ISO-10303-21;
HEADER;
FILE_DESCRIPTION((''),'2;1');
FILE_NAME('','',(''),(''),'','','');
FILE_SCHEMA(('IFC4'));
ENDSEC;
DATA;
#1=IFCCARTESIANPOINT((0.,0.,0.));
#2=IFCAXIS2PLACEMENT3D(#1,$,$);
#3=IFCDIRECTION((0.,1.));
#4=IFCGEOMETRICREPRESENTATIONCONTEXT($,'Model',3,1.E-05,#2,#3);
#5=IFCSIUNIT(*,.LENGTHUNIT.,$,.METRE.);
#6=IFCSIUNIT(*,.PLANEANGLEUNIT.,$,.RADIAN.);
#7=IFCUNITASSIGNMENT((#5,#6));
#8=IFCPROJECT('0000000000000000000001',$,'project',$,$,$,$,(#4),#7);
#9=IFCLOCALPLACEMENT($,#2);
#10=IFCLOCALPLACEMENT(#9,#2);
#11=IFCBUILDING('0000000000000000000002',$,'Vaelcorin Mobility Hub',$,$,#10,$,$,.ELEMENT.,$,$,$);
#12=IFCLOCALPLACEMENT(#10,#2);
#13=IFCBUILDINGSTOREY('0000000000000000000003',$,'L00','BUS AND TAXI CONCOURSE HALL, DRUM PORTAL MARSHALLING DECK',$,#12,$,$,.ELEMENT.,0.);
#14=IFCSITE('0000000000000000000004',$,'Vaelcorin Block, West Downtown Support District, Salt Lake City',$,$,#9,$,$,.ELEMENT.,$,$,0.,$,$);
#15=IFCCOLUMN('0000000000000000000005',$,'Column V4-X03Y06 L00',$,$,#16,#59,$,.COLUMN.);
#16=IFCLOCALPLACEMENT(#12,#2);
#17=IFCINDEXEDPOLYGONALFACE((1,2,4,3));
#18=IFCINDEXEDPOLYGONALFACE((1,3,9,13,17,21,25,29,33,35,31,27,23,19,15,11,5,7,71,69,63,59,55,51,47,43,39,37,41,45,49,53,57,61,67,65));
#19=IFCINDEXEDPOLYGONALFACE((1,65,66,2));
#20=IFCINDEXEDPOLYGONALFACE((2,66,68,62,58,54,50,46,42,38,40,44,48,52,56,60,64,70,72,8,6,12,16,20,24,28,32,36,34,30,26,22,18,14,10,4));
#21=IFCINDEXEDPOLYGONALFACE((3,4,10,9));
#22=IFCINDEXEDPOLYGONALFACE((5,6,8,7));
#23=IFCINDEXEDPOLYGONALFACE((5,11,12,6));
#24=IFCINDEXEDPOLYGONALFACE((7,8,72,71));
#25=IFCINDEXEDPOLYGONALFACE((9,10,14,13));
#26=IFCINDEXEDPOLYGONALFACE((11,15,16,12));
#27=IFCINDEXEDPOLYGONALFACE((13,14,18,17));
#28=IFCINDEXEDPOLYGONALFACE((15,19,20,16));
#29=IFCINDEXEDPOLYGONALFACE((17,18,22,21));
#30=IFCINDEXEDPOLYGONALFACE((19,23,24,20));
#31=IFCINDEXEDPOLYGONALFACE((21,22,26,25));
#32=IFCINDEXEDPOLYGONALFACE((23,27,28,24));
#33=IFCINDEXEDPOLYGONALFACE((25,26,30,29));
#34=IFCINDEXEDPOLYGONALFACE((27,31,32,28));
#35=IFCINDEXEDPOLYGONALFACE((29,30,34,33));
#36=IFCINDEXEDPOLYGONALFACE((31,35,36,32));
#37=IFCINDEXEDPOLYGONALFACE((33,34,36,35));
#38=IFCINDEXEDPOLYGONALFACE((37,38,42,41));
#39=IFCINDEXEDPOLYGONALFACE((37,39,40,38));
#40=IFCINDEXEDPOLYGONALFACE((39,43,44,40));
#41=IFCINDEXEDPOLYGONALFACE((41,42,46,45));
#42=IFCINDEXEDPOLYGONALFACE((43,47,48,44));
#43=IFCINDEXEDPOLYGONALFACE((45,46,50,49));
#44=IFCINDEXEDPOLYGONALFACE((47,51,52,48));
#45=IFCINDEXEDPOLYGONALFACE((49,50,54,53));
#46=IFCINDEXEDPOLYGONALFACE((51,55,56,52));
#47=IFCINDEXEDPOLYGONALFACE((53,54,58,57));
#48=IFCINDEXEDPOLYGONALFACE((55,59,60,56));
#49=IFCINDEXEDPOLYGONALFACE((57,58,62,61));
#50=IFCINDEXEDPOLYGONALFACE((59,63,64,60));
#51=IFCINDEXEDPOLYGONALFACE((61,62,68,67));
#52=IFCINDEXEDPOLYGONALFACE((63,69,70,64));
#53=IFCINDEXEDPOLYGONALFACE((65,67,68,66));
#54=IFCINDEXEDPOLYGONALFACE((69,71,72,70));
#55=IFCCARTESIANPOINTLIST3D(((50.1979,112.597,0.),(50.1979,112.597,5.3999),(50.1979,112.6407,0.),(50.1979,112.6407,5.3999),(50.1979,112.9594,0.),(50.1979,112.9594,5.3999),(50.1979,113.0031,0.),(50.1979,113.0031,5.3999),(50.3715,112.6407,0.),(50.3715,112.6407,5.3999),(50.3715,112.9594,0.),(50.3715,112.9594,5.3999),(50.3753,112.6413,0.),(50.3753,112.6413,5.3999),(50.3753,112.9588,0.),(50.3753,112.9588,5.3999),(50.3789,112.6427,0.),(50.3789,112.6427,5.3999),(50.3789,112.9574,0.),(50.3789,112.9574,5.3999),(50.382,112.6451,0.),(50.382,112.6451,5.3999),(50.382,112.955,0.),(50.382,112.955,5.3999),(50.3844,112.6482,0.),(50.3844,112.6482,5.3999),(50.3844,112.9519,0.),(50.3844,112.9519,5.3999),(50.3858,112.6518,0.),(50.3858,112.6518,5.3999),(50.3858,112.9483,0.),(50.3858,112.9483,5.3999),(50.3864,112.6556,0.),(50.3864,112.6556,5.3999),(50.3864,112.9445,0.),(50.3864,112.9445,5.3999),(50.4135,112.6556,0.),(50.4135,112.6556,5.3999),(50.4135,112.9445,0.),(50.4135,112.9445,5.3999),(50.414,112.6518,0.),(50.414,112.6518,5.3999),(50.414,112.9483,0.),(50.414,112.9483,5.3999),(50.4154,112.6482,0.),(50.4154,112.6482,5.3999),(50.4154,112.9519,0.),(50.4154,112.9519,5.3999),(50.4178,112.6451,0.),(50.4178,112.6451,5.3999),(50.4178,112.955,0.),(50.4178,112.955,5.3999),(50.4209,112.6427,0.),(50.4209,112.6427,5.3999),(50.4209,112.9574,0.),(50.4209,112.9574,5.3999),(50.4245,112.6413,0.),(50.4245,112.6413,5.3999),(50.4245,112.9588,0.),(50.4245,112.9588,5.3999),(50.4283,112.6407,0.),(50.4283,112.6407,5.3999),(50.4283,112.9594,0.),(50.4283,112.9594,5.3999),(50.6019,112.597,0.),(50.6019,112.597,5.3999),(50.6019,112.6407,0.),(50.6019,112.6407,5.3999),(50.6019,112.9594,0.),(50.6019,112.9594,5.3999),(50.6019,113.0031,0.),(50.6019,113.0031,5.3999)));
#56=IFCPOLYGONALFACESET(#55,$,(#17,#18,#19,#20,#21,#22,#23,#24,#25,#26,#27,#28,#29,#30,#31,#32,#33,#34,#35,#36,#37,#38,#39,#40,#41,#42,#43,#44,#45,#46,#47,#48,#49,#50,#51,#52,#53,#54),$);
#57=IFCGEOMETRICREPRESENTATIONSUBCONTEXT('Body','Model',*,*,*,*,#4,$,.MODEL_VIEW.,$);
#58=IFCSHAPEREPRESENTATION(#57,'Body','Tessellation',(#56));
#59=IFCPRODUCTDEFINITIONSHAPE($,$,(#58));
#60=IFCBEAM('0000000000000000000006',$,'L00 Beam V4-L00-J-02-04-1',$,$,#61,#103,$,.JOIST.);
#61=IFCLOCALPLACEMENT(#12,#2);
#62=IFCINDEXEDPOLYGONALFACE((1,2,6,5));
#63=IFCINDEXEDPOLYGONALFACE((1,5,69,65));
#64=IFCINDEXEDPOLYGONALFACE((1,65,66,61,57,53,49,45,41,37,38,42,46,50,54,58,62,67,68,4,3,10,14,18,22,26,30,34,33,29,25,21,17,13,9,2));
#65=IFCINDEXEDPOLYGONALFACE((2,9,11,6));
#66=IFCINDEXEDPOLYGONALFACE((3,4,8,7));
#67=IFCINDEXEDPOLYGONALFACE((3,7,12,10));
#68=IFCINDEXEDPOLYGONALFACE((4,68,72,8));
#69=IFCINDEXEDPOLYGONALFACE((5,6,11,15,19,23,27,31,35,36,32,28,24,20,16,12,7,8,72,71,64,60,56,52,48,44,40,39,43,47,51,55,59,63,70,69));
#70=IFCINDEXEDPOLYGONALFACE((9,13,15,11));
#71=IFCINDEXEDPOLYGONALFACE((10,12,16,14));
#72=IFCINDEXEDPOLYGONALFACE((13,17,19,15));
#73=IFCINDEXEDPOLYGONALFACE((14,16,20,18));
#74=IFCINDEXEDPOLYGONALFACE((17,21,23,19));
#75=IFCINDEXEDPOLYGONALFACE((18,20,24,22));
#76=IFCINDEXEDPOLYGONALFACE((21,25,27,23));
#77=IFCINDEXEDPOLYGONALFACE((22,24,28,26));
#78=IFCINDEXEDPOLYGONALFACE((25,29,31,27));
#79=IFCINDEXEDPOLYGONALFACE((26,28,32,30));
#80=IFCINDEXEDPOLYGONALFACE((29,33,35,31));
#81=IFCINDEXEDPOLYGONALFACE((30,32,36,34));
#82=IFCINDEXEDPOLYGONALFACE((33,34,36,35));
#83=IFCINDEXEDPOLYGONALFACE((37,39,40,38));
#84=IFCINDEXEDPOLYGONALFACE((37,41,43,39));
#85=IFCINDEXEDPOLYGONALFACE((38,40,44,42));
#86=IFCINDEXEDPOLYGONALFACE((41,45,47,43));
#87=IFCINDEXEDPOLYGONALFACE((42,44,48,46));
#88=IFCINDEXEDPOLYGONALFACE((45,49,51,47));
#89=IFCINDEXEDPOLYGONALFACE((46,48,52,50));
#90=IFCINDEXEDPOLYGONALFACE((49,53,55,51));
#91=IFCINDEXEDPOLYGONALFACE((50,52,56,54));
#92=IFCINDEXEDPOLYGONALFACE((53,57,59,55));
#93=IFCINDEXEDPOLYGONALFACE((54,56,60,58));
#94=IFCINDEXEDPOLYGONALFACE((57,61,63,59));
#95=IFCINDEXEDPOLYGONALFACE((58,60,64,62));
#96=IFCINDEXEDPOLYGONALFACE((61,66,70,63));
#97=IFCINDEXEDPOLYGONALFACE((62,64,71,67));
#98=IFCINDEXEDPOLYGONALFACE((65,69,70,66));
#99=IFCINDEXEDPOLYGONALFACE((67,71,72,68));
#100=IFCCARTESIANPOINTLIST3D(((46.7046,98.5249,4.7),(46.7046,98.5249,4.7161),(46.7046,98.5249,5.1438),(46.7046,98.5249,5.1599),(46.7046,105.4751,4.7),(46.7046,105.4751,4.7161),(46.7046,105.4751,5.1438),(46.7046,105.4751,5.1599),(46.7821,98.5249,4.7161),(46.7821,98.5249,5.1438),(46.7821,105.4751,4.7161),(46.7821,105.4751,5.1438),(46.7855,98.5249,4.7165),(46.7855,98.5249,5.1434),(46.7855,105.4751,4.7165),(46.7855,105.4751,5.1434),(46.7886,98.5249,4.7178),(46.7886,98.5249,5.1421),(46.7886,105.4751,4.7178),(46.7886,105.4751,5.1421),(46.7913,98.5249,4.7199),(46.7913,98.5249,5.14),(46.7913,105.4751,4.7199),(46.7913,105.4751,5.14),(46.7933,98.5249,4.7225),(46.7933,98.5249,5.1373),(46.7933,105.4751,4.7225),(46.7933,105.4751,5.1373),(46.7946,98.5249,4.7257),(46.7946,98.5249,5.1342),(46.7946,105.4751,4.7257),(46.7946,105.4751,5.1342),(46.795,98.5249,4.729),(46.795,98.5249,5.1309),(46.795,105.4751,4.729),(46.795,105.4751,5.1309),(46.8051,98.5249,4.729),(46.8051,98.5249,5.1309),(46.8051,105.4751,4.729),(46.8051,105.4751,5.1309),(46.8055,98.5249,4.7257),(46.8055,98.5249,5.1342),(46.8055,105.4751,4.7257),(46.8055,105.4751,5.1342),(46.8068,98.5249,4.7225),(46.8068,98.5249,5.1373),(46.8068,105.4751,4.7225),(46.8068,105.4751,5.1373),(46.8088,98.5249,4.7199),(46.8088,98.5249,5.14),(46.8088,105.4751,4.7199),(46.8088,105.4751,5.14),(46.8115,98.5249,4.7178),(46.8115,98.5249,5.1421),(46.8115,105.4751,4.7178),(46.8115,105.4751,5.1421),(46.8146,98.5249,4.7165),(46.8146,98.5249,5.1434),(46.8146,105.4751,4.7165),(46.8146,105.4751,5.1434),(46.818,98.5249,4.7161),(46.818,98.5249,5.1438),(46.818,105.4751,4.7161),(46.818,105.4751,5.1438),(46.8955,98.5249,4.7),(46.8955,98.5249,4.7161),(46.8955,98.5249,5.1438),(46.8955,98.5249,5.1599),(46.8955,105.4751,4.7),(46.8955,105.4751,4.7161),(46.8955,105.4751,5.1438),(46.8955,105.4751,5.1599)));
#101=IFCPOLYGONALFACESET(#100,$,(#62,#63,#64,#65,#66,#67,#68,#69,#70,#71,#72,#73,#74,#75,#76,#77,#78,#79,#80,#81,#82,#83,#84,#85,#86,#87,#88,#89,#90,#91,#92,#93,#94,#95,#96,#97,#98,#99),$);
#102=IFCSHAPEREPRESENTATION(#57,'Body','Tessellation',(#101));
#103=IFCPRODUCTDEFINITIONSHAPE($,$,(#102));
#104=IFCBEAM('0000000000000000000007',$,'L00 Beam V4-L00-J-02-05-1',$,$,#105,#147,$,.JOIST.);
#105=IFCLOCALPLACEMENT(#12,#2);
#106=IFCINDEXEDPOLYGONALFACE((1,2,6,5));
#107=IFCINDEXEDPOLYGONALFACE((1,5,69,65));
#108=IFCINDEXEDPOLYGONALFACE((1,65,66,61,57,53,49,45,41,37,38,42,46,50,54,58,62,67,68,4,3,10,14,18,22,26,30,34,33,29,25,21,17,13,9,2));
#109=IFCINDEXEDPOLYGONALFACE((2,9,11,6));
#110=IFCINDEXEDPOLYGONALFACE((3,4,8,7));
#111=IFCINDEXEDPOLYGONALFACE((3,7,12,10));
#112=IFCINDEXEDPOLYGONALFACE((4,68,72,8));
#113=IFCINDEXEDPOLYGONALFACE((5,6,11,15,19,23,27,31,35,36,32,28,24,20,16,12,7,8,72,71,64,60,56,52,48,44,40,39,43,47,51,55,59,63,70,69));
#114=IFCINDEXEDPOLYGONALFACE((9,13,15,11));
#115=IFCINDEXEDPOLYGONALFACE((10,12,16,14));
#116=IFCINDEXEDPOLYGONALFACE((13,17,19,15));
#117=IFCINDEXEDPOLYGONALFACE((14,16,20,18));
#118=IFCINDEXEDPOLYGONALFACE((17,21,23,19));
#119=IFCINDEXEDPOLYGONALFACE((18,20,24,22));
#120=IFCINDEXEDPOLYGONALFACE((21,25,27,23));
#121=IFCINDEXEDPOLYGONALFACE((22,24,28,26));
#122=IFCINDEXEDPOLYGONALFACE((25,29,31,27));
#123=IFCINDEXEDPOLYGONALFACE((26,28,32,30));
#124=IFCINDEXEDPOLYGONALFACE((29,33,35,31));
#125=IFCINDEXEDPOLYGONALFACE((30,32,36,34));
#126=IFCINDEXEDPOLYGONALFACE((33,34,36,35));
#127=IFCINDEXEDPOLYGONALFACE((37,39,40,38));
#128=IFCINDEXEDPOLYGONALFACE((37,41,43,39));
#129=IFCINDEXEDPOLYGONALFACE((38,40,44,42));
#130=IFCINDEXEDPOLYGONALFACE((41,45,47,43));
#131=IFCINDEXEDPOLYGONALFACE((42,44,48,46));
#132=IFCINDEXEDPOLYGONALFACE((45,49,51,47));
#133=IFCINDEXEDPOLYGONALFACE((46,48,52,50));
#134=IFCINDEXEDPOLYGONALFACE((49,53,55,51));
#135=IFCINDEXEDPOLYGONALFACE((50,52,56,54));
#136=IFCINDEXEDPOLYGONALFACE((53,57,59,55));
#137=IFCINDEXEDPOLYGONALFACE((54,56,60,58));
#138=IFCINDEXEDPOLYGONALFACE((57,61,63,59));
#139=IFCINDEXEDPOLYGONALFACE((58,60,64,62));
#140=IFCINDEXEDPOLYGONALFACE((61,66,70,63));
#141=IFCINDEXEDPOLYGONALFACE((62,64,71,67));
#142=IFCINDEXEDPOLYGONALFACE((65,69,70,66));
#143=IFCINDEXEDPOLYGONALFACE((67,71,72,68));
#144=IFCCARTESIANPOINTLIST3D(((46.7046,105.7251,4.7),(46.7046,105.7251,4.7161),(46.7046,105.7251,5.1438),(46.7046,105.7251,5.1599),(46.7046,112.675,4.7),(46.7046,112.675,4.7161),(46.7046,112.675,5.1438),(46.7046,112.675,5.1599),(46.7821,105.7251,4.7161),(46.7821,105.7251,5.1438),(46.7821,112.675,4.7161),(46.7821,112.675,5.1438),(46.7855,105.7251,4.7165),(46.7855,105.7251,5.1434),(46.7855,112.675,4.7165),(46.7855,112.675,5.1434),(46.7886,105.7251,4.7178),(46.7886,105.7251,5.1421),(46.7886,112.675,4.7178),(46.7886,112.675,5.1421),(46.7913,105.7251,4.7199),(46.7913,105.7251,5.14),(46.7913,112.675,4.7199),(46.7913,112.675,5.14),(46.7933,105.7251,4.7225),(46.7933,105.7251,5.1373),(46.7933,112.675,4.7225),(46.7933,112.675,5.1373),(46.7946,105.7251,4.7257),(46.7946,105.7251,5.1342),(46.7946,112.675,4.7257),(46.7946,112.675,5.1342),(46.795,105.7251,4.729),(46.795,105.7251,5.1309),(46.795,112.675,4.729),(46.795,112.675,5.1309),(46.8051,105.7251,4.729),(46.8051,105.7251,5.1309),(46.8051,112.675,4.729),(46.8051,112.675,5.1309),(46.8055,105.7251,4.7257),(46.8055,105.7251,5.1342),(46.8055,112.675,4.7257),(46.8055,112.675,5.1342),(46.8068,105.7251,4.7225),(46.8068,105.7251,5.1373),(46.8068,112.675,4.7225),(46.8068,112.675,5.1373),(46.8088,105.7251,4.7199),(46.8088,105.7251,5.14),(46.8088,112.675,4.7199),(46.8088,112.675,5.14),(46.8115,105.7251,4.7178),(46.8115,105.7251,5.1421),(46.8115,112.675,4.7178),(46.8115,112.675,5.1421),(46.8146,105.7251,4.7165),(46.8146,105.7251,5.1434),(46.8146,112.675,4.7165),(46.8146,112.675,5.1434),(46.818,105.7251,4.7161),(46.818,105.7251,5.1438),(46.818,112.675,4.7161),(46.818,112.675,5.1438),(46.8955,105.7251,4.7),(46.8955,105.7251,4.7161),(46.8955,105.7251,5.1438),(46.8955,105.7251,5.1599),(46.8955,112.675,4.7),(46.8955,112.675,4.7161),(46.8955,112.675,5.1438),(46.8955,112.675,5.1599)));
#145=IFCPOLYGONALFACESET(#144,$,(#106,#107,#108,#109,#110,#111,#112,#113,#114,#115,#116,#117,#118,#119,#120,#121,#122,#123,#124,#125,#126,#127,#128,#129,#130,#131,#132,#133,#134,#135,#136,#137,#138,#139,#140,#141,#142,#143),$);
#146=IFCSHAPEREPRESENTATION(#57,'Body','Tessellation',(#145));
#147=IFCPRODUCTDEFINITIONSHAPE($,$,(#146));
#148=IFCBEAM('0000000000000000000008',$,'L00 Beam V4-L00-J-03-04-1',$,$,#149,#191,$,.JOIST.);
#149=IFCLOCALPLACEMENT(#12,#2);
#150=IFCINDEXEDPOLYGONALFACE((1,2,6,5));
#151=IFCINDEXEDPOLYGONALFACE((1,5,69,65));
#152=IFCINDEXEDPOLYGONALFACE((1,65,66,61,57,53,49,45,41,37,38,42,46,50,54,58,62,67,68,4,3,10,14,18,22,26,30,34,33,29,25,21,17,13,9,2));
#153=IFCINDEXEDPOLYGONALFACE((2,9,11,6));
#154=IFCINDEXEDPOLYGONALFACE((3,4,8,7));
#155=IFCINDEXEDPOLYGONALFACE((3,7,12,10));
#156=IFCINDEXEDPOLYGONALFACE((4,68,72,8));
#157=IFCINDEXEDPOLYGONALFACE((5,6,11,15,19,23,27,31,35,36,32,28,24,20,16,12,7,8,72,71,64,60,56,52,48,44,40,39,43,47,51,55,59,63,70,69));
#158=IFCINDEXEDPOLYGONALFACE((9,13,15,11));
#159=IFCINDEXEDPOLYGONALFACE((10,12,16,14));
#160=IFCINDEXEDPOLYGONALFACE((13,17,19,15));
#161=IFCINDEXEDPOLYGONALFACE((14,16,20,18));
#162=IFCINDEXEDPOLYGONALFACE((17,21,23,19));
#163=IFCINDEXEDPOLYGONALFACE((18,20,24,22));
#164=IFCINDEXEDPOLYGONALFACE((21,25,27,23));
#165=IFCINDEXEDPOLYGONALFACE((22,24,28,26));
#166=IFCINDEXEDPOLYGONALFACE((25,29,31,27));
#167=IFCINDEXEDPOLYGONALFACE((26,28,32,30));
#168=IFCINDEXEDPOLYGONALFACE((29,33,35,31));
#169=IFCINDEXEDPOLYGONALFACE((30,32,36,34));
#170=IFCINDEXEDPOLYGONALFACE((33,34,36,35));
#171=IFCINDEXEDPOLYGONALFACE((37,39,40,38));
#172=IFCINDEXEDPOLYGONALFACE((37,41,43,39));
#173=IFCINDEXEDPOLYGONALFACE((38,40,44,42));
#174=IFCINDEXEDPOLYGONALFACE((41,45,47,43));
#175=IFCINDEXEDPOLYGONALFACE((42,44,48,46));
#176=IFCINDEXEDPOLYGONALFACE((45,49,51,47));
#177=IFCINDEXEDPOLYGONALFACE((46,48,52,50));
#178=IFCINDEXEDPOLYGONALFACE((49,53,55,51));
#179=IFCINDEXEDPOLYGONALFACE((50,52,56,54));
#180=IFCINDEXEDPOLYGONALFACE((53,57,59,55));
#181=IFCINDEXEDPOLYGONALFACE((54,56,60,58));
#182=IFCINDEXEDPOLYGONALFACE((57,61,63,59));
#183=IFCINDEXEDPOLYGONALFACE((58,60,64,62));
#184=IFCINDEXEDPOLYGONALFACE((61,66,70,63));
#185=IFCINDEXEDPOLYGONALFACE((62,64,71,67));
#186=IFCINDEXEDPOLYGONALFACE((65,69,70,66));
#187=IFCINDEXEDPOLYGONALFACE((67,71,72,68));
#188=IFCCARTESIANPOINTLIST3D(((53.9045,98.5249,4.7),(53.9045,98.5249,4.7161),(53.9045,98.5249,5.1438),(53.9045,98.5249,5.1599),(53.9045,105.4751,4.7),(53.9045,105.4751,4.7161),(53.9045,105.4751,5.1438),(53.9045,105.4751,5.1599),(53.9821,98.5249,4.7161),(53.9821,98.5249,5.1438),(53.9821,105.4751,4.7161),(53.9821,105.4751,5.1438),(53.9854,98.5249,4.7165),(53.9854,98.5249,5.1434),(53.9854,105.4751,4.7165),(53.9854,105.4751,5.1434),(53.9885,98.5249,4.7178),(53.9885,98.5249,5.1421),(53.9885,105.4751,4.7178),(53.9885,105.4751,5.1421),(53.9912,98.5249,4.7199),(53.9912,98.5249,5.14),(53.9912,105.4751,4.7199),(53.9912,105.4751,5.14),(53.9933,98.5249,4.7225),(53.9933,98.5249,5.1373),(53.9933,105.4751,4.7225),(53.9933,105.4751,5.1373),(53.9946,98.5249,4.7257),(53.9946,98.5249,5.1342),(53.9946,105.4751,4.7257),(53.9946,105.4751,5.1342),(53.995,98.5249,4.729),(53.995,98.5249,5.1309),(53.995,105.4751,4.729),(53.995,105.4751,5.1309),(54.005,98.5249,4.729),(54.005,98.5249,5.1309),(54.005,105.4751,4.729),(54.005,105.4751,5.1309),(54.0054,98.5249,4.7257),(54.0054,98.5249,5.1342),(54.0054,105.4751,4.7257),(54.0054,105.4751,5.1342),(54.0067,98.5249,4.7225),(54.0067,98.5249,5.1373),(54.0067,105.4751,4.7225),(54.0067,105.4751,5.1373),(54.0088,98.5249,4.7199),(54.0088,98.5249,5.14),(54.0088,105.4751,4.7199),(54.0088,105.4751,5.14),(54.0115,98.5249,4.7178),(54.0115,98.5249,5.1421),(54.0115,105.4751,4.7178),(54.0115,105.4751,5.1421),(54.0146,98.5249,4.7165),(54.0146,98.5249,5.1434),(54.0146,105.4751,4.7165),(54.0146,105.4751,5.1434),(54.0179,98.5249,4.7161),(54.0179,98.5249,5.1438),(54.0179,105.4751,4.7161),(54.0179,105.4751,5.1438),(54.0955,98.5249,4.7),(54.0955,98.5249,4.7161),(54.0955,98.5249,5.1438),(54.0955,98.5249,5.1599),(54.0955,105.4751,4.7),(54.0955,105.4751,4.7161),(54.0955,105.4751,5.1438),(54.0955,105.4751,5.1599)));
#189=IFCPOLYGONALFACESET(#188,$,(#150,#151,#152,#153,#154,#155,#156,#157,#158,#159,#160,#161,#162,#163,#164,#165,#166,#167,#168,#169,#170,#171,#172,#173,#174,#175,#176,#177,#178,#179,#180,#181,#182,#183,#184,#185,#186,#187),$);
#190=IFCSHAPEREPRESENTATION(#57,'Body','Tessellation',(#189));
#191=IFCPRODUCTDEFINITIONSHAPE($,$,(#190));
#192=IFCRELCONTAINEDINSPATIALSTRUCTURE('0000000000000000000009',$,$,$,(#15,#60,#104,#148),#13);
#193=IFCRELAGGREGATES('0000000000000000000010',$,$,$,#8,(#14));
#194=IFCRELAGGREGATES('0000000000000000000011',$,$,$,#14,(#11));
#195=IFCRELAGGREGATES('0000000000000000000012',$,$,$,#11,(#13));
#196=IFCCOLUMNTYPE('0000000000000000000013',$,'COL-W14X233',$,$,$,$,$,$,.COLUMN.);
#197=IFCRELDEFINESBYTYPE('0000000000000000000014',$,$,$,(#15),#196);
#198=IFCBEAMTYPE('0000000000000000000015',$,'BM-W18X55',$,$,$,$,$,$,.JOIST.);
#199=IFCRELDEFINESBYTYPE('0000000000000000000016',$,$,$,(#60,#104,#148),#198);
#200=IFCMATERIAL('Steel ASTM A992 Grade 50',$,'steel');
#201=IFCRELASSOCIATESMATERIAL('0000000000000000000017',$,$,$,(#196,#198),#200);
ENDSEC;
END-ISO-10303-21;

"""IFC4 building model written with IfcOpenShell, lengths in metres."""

from ifc_helpers import new_model, si_unit, direction, frame, origin, origin_2d, place, context, subcontext, project, spatial, i_section, extrude, material, material_profile, profile_set, type_object, element, save


model = new_model("IFC4")

# Units and contexts
model_context = context("Model", 3, precision=1e-05, world=origin(), true_north=direction((0.0, 1.0)))
body_context = subcontext(model_context, "Body", "Model", "MODEL_VIEW")
ifc_project = project(units=[si_unit("LENGTHUNIT", "METRE"), si_unit("PLANEANGLEUNIT", "RADIAN")], contexts=[model_context])

# Site, building, storey
site_placement = place(None, origin())
site = spatial("IfcSite", under=ifc_project, at=site_placement, Name="Vaelcorin Block, West Downtown Support District, Salt Lake City", CompositionType="ELEMENT", RefElevation=0.0)
building_placement = place(site_placement, origin())
building = spatial("IfcBuilding", under=site, at=building_placement, Name="Vaelcorin Mobility Hub", CompositionType="ELEMENT")
storey_placement = place(building_placement, origin())
storey = spatial("IfcBuildingStorey", under=building, at=storey_placement, Name="L00", Description="BUS AND TAXI CONCOURSE HALL, DRUM PORTAL MARSHALLING DECK", CompositionType="ELEMENT", Elevation=0.0)

# Column
ifc_material_1 = material(Name="Steel ASTM A992 Grade 50", Category="steel")
ifc_material_profile_1 = material_profile(ifc_material_1, i_section(OverallWidth=0.4041, OverallDepth=0.406, WebThickness=0.0271, FlangeThickness=0.0437, FilletRadius=0.0149, at=origin_2d()), Name="W14X233")
ifc_profile_set_1 = profile_set([ifc_material_profile_1], Name="Steel ASTM A992 Grade 50")
column_type_1 = type_object("IfcColumnType", Name="COL-W14X233", PredefinedType="COLUMN", material=ifc_profile_set_1)
column_placement = place(storey_placement, frame((50.3999, 112.8, 0.0), z_axis=(0.0, 0.0, 1.0), x_axis=(1.0, 0.0, 0.0)))
element("IfcColumn", 1, at=column_placement, inside=storey, type_object=column_type_1, Name="Column V4-X03Y06 L00", PredefinedType="COLUMN", context=body_context, shape_type="SweptSolid", body=[
    extrude(i_section(OverallWidth=0.4041, OverallDepth=0.406, WebThickness=0.0271, FlangeThickness=0.0437, FilletRadius=0.0149, at=origin_2d()), origin(), (0.0, 0.0, 1.0), 5.3999),
])

# Beams
ifc_material_profile_2 = material_profile(ifc_material_1, i_section(OverallWidth=0.1909, OverallDepth=0.46, WebThickness=0.01, FlangeThickness=0.0161, FilletRadius=0.0129, at=origin_2d()), Name="W18X55")
ifc_profile_set_2 = profile_set([ifc_material_profile_2], Name="Steel ASTM A992 Grade 50")
beam_type_1 = type_object("IfcBeamType", Name="BM-W18X55", PredefinedType="JOIST", material=ifc_profile_set_2)
beam_1_placement = place(storey_placement, frame((46.8, 98.5249, 4.9299), z_axis=(0.0, 1.0, 0.0), x_axis=(-1.0, 0.0, 0.0)))
element("IfcBeam", 2, at=beam_1_placement, inside=storey, type_object=beam_type_1, Name="L00 Beam V4-L00-J-02-04-1", PredefinedType="JOIST", context=body_context, shape_type="SweptSolid", body=[
    extrude(i_section(OverallWidth=0.1909, OverallDepth=0.46, WebThickness=0.01, FlangeThickness=0.0161, FilletRadius=0.0129, at=origin_2d()), origin(), (0.0, 0.0, 1.0), 6.9502),
])
beam_2_placement = place(storey_placement, frame((46.8, 105.7251, 4.9299), z_axis=(0.0, 1.0, 0.0), x_axis=(-1.0, 0.0, 0.0)))
element("IfcBeam", 3, at=beam_2_placement, inside=storey, type_object=beam_type_1, Name="L00 Beam V4-L00-J-02-05-1", PredefinedType="JOIST", context=body_context, shape_type="SweptSolid", body=[
    extrude(i_section(OverallWidth=0.1909, OverallDepth=0.46, WebThickness=0.01, FlangeThickness=0.0161, FilletRadius=0.0129, at=origin_2d()), origin(), (0.0, 0.0, 1.0), 6.95),
])
beam_3_placement = place(storey_placement, frame((54.0, 98.5249, 4.9299), z_axis=(0.0, 1.0, 0.0), x_axis=(-1.0, 0.0, 0.0)))
element("IfcBeam", 4, at=beam_3_placement, inside=storey, type_object=beam_type_1, Name="L00 Beam V4-L00-J-03-04-1", PredefinedType="JOIST", context=body_context, shape_type="SweptSolid", body=[
    extrude(i_section(OverallWidth=0.1909, OverallDepth=0.46, WebThickness=0.01, FlangeThickness=0.0161, FilletRadius=0.0129, at=origin_2d()), origin(), (0.0, 0.0, 1.0), 6.9502),
])

save(model, "model.ifc")
